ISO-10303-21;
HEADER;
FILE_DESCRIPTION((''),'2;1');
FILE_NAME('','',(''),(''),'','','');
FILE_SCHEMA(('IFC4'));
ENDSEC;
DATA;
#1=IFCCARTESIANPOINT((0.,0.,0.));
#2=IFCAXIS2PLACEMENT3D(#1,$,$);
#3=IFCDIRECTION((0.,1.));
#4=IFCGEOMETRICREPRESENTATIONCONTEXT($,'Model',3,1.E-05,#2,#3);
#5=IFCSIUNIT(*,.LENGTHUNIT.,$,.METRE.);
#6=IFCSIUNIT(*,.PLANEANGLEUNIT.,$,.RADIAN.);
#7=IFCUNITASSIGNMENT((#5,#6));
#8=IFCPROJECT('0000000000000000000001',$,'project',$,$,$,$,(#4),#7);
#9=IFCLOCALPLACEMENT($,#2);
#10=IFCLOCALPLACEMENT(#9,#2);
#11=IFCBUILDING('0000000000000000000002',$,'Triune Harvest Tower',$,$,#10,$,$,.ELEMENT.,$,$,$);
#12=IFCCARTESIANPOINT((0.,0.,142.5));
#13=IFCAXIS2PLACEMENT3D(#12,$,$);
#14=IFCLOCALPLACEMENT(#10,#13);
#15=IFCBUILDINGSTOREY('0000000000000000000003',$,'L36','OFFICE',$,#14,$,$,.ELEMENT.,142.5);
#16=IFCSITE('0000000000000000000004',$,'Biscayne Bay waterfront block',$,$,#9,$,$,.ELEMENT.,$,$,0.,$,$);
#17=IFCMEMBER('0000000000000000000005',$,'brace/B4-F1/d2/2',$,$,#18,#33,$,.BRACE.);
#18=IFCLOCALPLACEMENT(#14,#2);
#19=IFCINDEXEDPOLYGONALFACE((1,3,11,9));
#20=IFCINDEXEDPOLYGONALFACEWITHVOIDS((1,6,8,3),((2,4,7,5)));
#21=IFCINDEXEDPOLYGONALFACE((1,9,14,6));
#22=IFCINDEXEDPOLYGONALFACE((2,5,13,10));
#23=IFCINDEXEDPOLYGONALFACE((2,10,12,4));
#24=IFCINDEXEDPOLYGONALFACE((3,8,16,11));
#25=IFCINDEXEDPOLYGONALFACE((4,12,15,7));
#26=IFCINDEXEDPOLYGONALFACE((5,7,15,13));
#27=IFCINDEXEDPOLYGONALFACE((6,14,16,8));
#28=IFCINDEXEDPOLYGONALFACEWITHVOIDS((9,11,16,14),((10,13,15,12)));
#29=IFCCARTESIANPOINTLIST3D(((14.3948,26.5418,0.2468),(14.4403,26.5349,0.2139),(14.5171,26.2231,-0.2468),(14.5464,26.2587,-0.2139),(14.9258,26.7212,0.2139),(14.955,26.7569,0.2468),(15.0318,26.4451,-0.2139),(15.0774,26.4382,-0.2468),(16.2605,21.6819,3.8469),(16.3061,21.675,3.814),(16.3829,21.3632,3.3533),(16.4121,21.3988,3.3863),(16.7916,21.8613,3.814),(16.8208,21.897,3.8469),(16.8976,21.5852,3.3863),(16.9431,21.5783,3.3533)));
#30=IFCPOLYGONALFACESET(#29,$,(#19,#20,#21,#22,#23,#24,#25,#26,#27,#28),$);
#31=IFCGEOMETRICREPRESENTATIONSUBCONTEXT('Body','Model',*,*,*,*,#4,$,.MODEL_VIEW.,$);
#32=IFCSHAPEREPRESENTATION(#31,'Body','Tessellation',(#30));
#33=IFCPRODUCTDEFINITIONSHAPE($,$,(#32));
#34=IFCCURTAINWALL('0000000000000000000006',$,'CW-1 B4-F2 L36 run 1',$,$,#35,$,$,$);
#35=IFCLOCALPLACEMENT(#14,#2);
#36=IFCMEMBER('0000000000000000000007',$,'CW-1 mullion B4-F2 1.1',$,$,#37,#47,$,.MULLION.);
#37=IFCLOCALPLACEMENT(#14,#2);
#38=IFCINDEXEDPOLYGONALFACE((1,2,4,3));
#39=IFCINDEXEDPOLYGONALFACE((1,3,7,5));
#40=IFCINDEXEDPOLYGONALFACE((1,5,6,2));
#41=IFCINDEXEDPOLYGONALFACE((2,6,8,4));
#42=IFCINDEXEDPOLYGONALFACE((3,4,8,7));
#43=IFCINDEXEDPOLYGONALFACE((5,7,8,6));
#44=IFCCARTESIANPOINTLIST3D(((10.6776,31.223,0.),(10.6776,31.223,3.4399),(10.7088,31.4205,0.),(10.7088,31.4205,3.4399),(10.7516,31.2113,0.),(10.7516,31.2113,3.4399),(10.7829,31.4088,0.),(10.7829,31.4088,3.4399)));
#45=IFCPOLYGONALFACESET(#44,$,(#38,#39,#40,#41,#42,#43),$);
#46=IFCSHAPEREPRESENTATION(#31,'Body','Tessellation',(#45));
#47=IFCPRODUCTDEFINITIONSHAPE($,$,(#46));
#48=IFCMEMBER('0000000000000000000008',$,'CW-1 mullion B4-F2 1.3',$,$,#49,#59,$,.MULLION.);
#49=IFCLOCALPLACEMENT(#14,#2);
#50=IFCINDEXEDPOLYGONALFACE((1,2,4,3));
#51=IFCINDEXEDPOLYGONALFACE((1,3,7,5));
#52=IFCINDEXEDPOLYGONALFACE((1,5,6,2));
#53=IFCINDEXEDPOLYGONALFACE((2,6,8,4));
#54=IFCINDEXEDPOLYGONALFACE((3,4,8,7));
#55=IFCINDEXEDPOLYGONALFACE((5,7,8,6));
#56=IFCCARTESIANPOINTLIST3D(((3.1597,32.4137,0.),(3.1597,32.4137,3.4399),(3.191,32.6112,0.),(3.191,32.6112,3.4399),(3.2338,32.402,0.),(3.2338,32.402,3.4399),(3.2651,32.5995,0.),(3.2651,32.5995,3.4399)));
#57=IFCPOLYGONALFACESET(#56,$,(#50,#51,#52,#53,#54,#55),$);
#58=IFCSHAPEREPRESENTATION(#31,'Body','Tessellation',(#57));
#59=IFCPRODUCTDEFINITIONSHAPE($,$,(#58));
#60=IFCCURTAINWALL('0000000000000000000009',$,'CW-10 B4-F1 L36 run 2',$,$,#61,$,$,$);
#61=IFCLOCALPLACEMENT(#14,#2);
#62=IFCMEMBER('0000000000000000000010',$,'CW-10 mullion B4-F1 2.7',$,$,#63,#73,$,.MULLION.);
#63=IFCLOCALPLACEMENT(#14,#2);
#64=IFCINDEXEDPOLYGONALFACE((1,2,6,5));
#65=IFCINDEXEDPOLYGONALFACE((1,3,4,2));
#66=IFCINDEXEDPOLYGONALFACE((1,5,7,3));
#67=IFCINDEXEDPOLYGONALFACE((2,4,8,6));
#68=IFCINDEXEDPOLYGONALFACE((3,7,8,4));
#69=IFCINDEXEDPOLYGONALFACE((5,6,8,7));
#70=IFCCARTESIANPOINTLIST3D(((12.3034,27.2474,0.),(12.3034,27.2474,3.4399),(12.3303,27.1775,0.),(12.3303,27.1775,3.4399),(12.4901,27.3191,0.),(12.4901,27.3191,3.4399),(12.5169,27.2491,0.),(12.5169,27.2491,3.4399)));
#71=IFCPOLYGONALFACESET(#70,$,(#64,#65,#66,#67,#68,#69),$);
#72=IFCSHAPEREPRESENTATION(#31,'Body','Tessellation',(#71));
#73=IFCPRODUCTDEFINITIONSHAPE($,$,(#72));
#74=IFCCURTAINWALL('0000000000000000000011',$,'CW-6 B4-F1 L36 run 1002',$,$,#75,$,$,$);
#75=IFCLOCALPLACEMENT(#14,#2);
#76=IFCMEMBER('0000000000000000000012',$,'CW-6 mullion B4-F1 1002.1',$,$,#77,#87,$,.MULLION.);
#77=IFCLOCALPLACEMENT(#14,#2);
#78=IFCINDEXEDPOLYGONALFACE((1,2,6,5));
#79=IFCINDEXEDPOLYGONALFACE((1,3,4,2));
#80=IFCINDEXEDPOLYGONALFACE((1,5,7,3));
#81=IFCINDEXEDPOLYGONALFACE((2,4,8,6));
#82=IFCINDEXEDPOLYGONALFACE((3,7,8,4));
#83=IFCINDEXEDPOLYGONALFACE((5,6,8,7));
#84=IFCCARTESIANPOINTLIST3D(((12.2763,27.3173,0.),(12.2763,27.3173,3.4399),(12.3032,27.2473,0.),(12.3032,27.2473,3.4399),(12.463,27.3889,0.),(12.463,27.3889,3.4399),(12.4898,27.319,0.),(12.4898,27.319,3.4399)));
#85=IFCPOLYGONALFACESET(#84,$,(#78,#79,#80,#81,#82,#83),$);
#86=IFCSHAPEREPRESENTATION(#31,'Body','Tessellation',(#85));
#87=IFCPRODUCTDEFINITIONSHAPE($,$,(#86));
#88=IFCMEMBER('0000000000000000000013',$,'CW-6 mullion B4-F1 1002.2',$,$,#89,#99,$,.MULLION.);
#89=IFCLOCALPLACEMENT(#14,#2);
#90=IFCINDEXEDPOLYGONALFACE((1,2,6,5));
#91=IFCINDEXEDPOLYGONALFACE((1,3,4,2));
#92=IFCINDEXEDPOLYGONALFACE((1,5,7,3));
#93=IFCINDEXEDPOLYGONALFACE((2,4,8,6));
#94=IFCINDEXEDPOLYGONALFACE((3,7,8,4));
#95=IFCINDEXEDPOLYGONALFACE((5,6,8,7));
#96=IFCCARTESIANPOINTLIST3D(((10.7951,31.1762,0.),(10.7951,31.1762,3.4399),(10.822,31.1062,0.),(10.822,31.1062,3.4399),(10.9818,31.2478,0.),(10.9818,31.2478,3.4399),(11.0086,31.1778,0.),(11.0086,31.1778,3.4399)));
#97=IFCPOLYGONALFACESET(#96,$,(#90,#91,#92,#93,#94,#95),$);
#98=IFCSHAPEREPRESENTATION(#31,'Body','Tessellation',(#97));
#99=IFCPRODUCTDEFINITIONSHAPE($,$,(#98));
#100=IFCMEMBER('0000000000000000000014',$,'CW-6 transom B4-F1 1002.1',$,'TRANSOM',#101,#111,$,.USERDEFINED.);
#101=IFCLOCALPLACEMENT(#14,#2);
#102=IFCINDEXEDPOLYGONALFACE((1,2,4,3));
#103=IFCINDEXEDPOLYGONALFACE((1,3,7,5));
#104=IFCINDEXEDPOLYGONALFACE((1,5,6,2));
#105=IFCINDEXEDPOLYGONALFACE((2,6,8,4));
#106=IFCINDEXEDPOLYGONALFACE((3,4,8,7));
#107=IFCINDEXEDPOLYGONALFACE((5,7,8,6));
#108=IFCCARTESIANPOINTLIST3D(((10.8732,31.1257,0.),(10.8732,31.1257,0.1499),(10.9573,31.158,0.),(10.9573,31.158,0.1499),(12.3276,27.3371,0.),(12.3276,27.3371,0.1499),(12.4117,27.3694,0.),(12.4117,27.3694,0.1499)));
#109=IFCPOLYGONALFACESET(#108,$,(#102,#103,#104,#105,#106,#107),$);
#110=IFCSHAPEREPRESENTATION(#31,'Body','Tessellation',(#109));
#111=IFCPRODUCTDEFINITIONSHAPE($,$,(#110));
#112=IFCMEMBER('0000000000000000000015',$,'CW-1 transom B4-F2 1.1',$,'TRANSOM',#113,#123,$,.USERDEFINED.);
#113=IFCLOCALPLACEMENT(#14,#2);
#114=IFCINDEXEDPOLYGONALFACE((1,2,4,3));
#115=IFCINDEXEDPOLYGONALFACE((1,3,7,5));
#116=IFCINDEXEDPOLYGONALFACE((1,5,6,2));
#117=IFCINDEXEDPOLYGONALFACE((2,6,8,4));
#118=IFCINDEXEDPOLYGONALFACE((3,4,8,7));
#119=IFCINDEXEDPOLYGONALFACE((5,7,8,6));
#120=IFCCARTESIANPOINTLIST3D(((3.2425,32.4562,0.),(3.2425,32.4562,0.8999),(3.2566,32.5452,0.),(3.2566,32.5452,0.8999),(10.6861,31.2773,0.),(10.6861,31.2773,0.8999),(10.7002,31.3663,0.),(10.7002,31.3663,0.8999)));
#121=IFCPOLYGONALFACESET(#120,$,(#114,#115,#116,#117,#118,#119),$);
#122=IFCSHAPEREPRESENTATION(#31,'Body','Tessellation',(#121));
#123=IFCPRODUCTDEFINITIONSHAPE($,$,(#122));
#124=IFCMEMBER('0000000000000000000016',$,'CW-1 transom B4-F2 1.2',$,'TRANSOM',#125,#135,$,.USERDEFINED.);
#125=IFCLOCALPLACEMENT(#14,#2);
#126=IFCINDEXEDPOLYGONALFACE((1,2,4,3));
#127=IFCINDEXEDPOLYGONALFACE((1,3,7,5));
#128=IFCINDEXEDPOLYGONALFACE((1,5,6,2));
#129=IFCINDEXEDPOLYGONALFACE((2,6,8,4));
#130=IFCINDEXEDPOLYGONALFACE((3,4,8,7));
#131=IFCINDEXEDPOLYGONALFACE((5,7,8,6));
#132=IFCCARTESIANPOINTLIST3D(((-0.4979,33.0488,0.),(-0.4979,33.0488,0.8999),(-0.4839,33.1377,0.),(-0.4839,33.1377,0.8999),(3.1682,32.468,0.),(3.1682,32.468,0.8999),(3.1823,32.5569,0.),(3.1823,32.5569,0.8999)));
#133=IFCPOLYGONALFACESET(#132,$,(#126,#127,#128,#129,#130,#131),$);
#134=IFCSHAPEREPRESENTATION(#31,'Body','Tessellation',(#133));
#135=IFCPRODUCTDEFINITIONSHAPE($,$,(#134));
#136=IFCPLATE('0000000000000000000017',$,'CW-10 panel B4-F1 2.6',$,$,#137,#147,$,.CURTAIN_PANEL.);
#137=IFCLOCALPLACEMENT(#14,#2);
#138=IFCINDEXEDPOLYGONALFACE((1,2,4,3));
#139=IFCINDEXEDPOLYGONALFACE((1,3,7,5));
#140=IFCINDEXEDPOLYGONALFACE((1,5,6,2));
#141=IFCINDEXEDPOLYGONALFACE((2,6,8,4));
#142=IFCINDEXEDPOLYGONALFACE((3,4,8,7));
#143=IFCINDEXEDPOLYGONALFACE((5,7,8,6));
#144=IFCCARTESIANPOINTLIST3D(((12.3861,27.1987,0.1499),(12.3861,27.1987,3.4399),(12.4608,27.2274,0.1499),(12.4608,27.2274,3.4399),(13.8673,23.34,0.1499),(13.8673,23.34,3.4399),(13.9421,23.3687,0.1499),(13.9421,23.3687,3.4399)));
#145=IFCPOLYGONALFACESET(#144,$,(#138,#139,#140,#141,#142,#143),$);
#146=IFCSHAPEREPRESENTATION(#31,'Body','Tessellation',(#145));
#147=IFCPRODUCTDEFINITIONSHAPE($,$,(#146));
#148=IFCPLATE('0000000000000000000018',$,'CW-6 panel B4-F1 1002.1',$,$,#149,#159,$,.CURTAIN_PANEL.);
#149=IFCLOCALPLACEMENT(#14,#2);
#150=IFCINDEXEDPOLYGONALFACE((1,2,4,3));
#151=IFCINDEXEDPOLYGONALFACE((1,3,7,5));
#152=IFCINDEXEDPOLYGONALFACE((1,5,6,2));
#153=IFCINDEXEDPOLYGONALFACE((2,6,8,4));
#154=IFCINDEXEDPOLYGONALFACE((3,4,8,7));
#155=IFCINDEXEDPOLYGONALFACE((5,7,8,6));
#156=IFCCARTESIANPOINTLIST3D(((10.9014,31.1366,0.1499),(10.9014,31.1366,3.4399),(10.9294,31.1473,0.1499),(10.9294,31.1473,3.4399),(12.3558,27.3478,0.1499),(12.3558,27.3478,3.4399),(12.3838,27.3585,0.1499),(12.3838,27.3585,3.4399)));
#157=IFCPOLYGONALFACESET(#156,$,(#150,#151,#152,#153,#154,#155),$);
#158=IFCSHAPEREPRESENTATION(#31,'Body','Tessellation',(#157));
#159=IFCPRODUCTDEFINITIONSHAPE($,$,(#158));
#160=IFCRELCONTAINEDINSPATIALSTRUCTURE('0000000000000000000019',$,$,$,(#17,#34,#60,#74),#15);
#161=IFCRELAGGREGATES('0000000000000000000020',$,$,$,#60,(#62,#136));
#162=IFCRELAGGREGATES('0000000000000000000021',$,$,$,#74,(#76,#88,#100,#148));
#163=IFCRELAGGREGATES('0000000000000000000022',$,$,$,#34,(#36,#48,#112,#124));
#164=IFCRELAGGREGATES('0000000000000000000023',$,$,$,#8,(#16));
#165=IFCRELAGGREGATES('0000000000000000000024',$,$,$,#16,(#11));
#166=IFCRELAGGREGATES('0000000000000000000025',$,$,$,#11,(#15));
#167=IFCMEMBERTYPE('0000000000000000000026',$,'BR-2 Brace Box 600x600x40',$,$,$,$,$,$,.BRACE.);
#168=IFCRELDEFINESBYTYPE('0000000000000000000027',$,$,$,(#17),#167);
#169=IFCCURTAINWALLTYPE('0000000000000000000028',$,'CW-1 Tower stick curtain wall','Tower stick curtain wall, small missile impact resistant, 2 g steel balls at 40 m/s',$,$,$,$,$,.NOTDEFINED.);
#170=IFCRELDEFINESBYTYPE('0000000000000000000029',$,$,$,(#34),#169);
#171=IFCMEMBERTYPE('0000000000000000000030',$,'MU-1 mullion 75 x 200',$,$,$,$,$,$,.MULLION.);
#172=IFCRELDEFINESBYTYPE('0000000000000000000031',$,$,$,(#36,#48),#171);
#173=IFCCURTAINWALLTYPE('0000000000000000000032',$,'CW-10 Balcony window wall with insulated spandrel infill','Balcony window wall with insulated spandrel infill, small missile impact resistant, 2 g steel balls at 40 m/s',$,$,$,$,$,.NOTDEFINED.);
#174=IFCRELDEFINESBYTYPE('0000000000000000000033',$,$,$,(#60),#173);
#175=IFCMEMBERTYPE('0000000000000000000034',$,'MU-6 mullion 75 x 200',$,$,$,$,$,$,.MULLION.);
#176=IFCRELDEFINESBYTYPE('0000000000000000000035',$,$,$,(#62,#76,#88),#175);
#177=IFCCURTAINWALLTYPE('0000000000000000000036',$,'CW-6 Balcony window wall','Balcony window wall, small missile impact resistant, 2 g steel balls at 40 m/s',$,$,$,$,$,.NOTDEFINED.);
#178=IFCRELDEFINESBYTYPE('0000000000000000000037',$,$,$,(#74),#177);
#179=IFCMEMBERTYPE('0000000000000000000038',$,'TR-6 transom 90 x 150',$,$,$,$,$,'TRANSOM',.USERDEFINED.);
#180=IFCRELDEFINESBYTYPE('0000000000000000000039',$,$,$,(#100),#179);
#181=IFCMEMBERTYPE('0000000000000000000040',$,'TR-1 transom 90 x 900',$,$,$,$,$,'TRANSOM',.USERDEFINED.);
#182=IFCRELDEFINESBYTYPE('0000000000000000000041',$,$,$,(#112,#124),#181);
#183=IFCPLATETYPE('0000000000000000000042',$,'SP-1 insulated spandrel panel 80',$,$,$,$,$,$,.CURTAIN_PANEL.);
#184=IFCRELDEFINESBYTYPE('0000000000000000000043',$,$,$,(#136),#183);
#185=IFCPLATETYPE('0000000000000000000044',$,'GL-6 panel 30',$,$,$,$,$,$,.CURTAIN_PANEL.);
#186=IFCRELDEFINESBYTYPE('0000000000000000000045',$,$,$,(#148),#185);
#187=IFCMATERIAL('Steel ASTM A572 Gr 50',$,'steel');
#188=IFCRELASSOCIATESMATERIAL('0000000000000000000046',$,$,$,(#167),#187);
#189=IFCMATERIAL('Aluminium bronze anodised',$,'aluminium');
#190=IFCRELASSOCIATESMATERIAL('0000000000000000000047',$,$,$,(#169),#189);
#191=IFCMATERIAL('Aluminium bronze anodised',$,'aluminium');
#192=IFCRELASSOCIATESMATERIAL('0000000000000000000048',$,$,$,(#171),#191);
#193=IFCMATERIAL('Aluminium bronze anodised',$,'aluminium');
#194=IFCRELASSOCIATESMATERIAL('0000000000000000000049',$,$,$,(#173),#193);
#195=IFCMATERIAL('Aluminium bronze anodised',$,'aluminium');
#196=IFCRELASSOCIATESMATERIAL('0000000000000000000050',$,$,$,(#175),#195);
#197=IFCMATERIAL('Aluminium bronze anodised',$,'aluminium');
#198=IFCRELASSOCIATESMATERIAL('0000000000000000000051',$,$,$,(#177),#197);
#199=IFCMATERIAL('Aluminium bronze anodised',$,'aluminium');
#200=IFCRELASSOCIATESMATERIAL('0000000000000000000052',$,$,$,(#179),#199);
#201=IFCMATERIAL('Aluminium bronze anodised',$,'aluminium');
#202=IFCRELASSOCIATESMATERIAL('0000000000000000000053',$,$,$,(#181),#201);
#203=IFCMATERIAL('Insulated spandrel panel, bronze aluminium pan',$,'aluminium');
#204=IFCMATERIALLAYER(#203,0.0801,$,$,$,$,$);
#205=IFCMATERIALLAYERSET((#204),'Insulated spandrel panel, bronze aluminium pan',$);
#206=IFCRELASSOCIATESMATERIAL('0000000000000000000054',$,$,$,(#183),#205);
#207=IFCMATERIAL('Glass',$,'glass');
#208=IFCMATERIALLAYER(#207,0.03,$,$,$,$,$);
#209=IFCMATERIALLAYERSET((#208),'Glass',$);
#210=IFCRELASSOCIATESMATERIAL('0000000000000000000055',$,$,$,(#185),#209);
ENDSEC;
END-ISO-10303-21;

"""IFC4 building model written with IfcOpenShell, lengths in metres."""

from ifc_helpers import new_model, si_unit, direction, frame, origin, origin_2d, place, context, subcontext, project, spatial, rectangle, hollow_rectangle, extrude, source, transform, mapped, material, layer, layer_set, material_profile, profile_set, type_object, element, aggregate, save


model = new_model("IFC4")

# Units and contexts
model_context = context("Model", 3, precision=1e-05, world=origin(), true_north=direction((0.0, 1.0)))
body_context = subcontext(model_context, "Body", "Model", "MODEL_VIEW")
ifc_project = project(units=[si_unit("LENGTHUNIT", "METRE"), si_unit("PLANEANGLEUNIT", "RADIAN")], contexts=[model_context])

# Site, building, storey
site_placement = place(None, origin())
site = spatial("IfcSite", under=ifc_project, at=site_placement, Name="Biscayne Bay waterfront block", CompositionType="ELEMENT", RefElevation=0.0)
building_placement = place(site_placement, origin())
building = spatial("IfcBuilding", under=site, at=building_placement, Name="Triune Harvest Tower", CompositionType="ELEMENT")
storey_placement = place(building_placement, frame((0.0, 0.0, 142.5)))
storey = spatial("IfcBuildingStorey", under=building, at=storey_placement, Name="L36", Description="OFFICE", CompositionType="ELEMENT", Elevation=142.5)

# Member
ifc_material_1 = material(Name="Steel ASTM A572 Gr 50", Category="steel")
ifc_material_profile_1 = material_profile(ifc_material_1, hollow_rectangle(XDim=0.6001, YDim=0.6001, WallThickness=0.04, at=origin_2d()), Name="Box 600x600x40")
ifc_profile_set_1 = profile_set([ifc_material_profile_1], Name="Steel ASTM A572 Gr 50")
member_type_1 = type_object("IfcMemberType", Name="BR-2 Brace Box 600x600x40", PredefinedType="BRACE", material=ifc_profile_set_1)
shared_shape_1 = source(origin(), body_context, "Body", "SweptSolid", [
    extrude(hollow_rectangle(XDim=0.6001, YDim=0.6001, WallThickness=0.04, at=origin_2d()), origin(), (0.0, 0.0, 1.0), 6.3293),
])
member_1_placement = place(storey_placement, frame((14.7361, 26.49, 0.0), z_axis=(0.294776, -0.767837, 0.5688), x_axis=(0.933568, 0.358401, 0.0)))
element("IfcMember", 1, at=member_1_placement, inside=storey, type_object=member_type_1, Name="brace/B4-F1/d2/2", PredefinedType="BRACE", context=body_context, shape_type="MappedRepresentation", body=[
    mapped(shared_shape_1, transform((0.0, 0.0, 0.0), scale=1.0)),
])

# Curtain wall, members
ifc_material_2 = material(Name="Aluminium bronze anodised", Category="aluminium")
curtain_wall_type_1 = type_object("IfcCurtainWallType", Name="CW-1 Tower stick curtain wall", Description="Tower stick curtain wall, small missile impact resistant, 2 g steel balls at 40 m/s", PredefinedType="NOTDEFINED", material=ifc_material_2)
curtain_wall_1_placement = place(storey_placement, origin())
curtain_wall_1 = element("IfcCurtainWall", 2, at=curtain_wall_1_placement, inside=storey, type_object=curtain_wall_type_1, Name="CW-1 B4-F2 L36 run 1")
ifc_material_3 = material(Name="Aluminium bronze anodised", Category="aluminium")
ifc_material_profile_2 = material_profile(ifc_material_3, rectangle(XDim=0.2, YDim=0.075, at=origin_2d()), Name="MU-1 mullion 75 x 200")
ifc_profile_set_2 = profile_set([ifc_material_profile_2], Name="Aluminium bronze anodised")
member_type_2 = type_object("IfcMemberType", Name="MU-1 mullion 75 x 200", PredefinedType="MULLION", material=ifc_profile_set_2)
shared_shape_2 = source(origin(), body_context, "Body", "SweptSolid", [
    extrude(rectangle(XDim=0.2, YDim=0.075, at=origin_2d()), origin(), (0.0, 0.0, 1.0), 3.4399),
])
member_2_placement = place(storey_placement, frame((10.7302, 31.3159, 0.0), z_axis=(0.0, 0.0, 1.0), x_axis=(-0.156433, -0.987689, 0.0)))
member_2 = element("IfcMember", 3, at=member_2_placement, type_object=member_type_2, Name="CW-1 mullion B4-F2 1.1", PredefinedType="MULLION", context=body_context, shape_type="MappedRepresentation", body=[
    mapped(shared_shape_2, transform((0.0, 0.0, 0.0), scale=1.0)),
])
member_3_placement = place(storey_placement, frame((3.2124, 32.5066, 0.0), z_axis=(0.0, 0.0, 1.0), x_axis=(-0.156433, -0.987689, 0.0)))
member_3 = element("IfcMember", 4, at=member_3_placement, type_object=member_type_2, Name="CW-1 mullion B4-F2 1.3", PredefinedType="MULLION", context=body_context, shape_type="MappedRepresentation", body=[
    mapped(shared_shape_2, transform((0.0, 0.0, 0.0), scale=1.0)),
])

# Curtain wall, member
ifc_material_4 = material(Name="Aluminium bronze anodised", Category="aluminium")
curtain_wall_type_2 = type_object("IfcCurtainWallType", Name="CW-10 Balcony window wall with insulated spandrel infill", Description="Balcony window wall with insulated spandrel infill, small missile impact resistant, 2 g steel balls at 40 m/s", PredefinedType="NOTDEFINED", material=ifc_material_4)
curtain_wall_2_placement = place(storey_placement, origin())
curtain_wall_2 = element("IfcCurtainWall", 5, at=curtain_wall_2_placement, inside=storey, type_object=curtain_wall_type_2, Name="CW-10 B4-F1 L36 run 2")
ifc_material_5 = material(Name="Aluminium bronze anodised", Category="aluminium")
ifc_material_profile_3 = material_profile(ifc_material_5, rectangle(XDim=0.2, YDim=0.075, at=origin_2d()), Name="MU-6 mullion 75 x 200")
ifc_profile_set_3 = profile_set([ifc_material_profile_3], Name="Aluminium bronze anodised")
member_type_3 = type_object("IfcMemberType", Name="MU-6 mullion 75 x 200", PredefinedType="MULLION", material=ifc_profile_set_3)
shared_shape_3 = source(origin(), body_context, "Body", "SweptSolid", [
    extrude(rectangle(XDim=0.2, YDim=0.075, at=origin_2d()), origin(), (0.0, 0.0, 1.0), 3.4399),
])
member_4_placement = place(storey_placement, frame((12.4102, 27.2483, 0.0), z_axis=(0.0, 0.0, 1.0), x_axis=(-0.93358, -0.358368, 0.0)))
member_4 = element("IfcMember", 6, at=member_4_placement, type_object=member_type_3, Name="CW-10 mullion B4-F1 2.7", PredefinedType="MULLION", context=body_context, shape_type="MappedRepresentation", body=[
    mapped(shared_shape_3, transform((0.0, 0.0, 0.0), scale=1.0)),
])

# Curtain wall, members
ifc_material_6 = material(Name="Aluminium bronze anodised", Category="aluminium")
curtain_wall_type_3 = type_object("IfcCurtainWallType", Name="CW-6 Balcony window wall", Description="Balcony window wall, small missile impact resistant, 2 g steel balls at 40 m/s", PredefinedType="NOTDEFINED", material=ifc_material_6)
curtain_wall_3_placement = place(storey_placement, origin())
curtain_wall_3 = element("IfcCurtainWall", 7, at=curtain_wall_3_placement, inside=storey, type_object=curtain_wall_type_3, Name="CW-6 B4-F1 L36 run 1002")
member_5_placement = place(storey_placement, frame((12.3831, 27.3181, 0.0), z_axis=(0.0, 0.0, 1.0), x_axis=(-0.933578, -0.358374, 0.0)))
member_5 = element("IfcMember", 8, at=member_5_placement, type_object=member_type_3, Name="CW-6 mullion B4-F1 1002.1", PredefinedType="MULLION", context=body_context, shape_type="MappedRepresentation", body=[
    mapped(shared_shape_3, transform((0.0, 0.0, 0.0), scale=1.0)),
])
member_6_placement = place(storey_placement, frame((10.9019, 31.177, 0.0), z_axis=(0.0, 0.0, 1.0), x_axis=(-0.933578, -0.358374, 0.0)))
member_6 = element("IfcMember", 9, at=member_6_placement, type_object=member_type_3, Name="CW-6 mullion B4-F1 1002.2", PredefinedType="MULLION", context=body_context, shape_type="MappedRepresentation", body=[
    mapped(shared_shape_3, transform((0.0, 0.0, 0.0), scale=1.0)),
])
ifc_material_7 = material(Name="Aluminium bronze anodised", Category="aluminium")
ifc_material_profile_4 = material_profile(ifc_material_7, rectangle(XDim=0.0901, YDim=0.1499, at=origin_2d()), Name="TR-6 transom 90 x 150")
ifc_profile_set_4 = profile_set([ifc_material_profile_4], Name="Aluminium bronze anodised")
member_type_4 = type_object("IfcMemberType", Name="TR-6 transom 90 x 150", ElementType="TRANSOM", PredefinedType="USERDEFINED", material=ifc_profile_set_4)
shared_shape_4 = source(origin(), body_context, "Body", "SweptSolid", [
    extrude(rectangle(XDim=0.0901, YDim=0.1499, at=origin_2d()), origin(), (0.0, 0.0, 1.0), 4.0581),
])
member_7_placement = place(storey_placement, frame((12.3696, 27.3533, 0.075), z_axis=(-0.358378, 0.933576, 0.0), x_axis=(-0.933576, -0.358378, 0.0)))
member_7 = element("IfcMember", 10, at=member_7_placement, type_object=member_type_4, Name="CW-6 transom B4-F1 1002.1", ObjectType="TRANSOM", PredefinedType="USERDEFINED", context=body_context, shape_type="MappedRepresentation", body=[
    mapped(shared_shape_4, transform((0.0, 0.0, 0.0), scale=1.0)),
])

# Members
ifc_material_8 = material(Name="Aluminium bronze anodised", Category="aluminium")
ifc_material_profile_5 = material_profile(ifc_material_8, rectangle(XDim=0.0901, YDim=0.8999, at=origin_2d()), Name="TR-1 transom 90 x 900")
ifc_profile_set_5 = profile_set([ifc_material_profile_5], Name="Aluminium bronze anodised")
member_type_5 = type_object("IfcMemberType", Name="TR-1 transom 90 x 900", ElementType="TRANSOM", PredefinedType="USERDEFINED", material=ifc_profile_set_5)
shared_shape_5 = source(origin(), body_context, "Body", "SweptSolid", [
    extrude(rectangle(XDim=0.0901, YDim=0.8999, at=origin_2d()), origin(), (0.0, 0.0, 1.0), 7.5364),
])
member_8_placement = place(storey_placement, frame((10.6931, 31.3218, 0.45), z_axis=(-0.987688, 0.156435, 0.0), x_axis=(-0.156435, -0.987688, 0.0)))
member_8 = element("IfcMember", 11, at=member_8_placement, type_object=member_type_5, Name="CW-1 transom B4-F2 1.1", ObjectType="TRANSOM", PredefinedType="USERDEFINED", context=body_context, shape_type="MappedRepresentation", body=[
    mapped(shared_shape_5, transform((0.0, 0.0, 0.0), scale=1.0)),
])
shared_shape_6 = source(origin(), body_context, "Body", "SweptSolid", [
    extrude(rectangle(XDim=0.0901, YDim=0.8999, at=origin_2d()), origin(), (0.0, 0.0, 1.0), 3.7119),
])
member_9_placement = place(storey_placement, frame((3.1753, 32.5125, 0.45), z_axis=(-0.987683, 0.156469, 0.0), x_axis=(-0.156469, -0.987683, 0.0)))
member_9 = element("IfcMember", 12, at=member_9_placement, type_object=member_type_5, Name="CW-1 transom B4-F2 1.2", ObjectType="TRANSOM", PredefinedType="USERDEFINED", context=body_context, shape_type="MappedRepresentation", body=[
    mapped(shared_shape_6, transform((0.0, 0.0, 0.0), scale=1.0)),
])

# Plates
ifc_material_9 = material(Name="Insulated spandrel panel, bronze aluminium pan", Category="aluminium")
ifc_layer_1 = layer(ifc_material_9, 0.0801)
ifc_layer_set_1 = layer_set([ifc_layer_1], Name="Insulated spandrel panel, bronze aluminium pan")
plate_type_1 = type_object("IfcPlateType", Name="SP-1 insulated spandrel panel 80", PredefinedType="CURTAIN_PANEL", material=ifc_layer_set_1)
shared_shape_7 = source(origin(), body_context, "Body", "SweptSolid", [
    extrude(rectangle(XDim=4.1333, YDim=0.0801, at=origin_2d()), origin(), (0.0, 0.0, 1.0), 3.29),
])
plate_1_placement = place(storey_placement, frame((13.1641, 25.2837, 0.1499), z_axis=(0.0, 0.0, 1.0), x_axis=(-0.358368, 0.93358, 0.0)))
plate_1 = element("IfcPlate", 13, at=plate_1_placement, type_object=plate_type_1, Name="CW-10 panel B4-F1 2.6", PredefinedType="CURTAIN_PANEL", context=body_context, shape_type="MappedRepresentation", body=[
    mapped(shared_shape_7, transform((0.0, 0.0, 0.0), scale=1.0)),
])
aggregate(curtain_wall_2, [member_4, plate_1])
ifc_material_10 = material(Name="Glass", Category="glass")
ifc_layer_2 = layer(ifc_material_10, 0.03)
ifc_layer_set_2 = layer_set([ifc_layer_2], Name="Glass")
plate_type_2 = type_object("IfcPlateType", Name="GL-6 panel 30", PredefinedType="CURTAIN_PANEL", material=ifc_layer_set_2)
shared_shape_8 = source(origin(), body_context, "Body", "SweptSolid", [
    extrude(rectangle(XDim=4.0583, YDim=0.03, at=origin_2d()), origin(), (0.0, 0.0, 1.0), 3.29),
])
plate_2_placement = place(storey_placement, frame((11.6426, 29.2476, 0.1499), z_axis=(0.0, 0.0, 1.0), x_axis=(-0.358374, 0.933578, 0.0)))
plate_2 = element("IfcPlate", 14, at=plate_2_placement, type_object=plate_type_2, Name="CW-6 panel B4-F1 1002.1", PredefinedType="CURTAIN_PANEL", context=body_context, shape_type="MappedRepresentation", body=[
    mapped(shared_shape_8, transform((0.0, 0.0, 0.0), scale=1.0)),
])
aggregate(curtain_wall_3, [member_5, member_6, member_7, plate_2])
aggregate(curtain_wall_1, [member_2, member_3, member_8, member_9])

save(model, "model.ifc")
